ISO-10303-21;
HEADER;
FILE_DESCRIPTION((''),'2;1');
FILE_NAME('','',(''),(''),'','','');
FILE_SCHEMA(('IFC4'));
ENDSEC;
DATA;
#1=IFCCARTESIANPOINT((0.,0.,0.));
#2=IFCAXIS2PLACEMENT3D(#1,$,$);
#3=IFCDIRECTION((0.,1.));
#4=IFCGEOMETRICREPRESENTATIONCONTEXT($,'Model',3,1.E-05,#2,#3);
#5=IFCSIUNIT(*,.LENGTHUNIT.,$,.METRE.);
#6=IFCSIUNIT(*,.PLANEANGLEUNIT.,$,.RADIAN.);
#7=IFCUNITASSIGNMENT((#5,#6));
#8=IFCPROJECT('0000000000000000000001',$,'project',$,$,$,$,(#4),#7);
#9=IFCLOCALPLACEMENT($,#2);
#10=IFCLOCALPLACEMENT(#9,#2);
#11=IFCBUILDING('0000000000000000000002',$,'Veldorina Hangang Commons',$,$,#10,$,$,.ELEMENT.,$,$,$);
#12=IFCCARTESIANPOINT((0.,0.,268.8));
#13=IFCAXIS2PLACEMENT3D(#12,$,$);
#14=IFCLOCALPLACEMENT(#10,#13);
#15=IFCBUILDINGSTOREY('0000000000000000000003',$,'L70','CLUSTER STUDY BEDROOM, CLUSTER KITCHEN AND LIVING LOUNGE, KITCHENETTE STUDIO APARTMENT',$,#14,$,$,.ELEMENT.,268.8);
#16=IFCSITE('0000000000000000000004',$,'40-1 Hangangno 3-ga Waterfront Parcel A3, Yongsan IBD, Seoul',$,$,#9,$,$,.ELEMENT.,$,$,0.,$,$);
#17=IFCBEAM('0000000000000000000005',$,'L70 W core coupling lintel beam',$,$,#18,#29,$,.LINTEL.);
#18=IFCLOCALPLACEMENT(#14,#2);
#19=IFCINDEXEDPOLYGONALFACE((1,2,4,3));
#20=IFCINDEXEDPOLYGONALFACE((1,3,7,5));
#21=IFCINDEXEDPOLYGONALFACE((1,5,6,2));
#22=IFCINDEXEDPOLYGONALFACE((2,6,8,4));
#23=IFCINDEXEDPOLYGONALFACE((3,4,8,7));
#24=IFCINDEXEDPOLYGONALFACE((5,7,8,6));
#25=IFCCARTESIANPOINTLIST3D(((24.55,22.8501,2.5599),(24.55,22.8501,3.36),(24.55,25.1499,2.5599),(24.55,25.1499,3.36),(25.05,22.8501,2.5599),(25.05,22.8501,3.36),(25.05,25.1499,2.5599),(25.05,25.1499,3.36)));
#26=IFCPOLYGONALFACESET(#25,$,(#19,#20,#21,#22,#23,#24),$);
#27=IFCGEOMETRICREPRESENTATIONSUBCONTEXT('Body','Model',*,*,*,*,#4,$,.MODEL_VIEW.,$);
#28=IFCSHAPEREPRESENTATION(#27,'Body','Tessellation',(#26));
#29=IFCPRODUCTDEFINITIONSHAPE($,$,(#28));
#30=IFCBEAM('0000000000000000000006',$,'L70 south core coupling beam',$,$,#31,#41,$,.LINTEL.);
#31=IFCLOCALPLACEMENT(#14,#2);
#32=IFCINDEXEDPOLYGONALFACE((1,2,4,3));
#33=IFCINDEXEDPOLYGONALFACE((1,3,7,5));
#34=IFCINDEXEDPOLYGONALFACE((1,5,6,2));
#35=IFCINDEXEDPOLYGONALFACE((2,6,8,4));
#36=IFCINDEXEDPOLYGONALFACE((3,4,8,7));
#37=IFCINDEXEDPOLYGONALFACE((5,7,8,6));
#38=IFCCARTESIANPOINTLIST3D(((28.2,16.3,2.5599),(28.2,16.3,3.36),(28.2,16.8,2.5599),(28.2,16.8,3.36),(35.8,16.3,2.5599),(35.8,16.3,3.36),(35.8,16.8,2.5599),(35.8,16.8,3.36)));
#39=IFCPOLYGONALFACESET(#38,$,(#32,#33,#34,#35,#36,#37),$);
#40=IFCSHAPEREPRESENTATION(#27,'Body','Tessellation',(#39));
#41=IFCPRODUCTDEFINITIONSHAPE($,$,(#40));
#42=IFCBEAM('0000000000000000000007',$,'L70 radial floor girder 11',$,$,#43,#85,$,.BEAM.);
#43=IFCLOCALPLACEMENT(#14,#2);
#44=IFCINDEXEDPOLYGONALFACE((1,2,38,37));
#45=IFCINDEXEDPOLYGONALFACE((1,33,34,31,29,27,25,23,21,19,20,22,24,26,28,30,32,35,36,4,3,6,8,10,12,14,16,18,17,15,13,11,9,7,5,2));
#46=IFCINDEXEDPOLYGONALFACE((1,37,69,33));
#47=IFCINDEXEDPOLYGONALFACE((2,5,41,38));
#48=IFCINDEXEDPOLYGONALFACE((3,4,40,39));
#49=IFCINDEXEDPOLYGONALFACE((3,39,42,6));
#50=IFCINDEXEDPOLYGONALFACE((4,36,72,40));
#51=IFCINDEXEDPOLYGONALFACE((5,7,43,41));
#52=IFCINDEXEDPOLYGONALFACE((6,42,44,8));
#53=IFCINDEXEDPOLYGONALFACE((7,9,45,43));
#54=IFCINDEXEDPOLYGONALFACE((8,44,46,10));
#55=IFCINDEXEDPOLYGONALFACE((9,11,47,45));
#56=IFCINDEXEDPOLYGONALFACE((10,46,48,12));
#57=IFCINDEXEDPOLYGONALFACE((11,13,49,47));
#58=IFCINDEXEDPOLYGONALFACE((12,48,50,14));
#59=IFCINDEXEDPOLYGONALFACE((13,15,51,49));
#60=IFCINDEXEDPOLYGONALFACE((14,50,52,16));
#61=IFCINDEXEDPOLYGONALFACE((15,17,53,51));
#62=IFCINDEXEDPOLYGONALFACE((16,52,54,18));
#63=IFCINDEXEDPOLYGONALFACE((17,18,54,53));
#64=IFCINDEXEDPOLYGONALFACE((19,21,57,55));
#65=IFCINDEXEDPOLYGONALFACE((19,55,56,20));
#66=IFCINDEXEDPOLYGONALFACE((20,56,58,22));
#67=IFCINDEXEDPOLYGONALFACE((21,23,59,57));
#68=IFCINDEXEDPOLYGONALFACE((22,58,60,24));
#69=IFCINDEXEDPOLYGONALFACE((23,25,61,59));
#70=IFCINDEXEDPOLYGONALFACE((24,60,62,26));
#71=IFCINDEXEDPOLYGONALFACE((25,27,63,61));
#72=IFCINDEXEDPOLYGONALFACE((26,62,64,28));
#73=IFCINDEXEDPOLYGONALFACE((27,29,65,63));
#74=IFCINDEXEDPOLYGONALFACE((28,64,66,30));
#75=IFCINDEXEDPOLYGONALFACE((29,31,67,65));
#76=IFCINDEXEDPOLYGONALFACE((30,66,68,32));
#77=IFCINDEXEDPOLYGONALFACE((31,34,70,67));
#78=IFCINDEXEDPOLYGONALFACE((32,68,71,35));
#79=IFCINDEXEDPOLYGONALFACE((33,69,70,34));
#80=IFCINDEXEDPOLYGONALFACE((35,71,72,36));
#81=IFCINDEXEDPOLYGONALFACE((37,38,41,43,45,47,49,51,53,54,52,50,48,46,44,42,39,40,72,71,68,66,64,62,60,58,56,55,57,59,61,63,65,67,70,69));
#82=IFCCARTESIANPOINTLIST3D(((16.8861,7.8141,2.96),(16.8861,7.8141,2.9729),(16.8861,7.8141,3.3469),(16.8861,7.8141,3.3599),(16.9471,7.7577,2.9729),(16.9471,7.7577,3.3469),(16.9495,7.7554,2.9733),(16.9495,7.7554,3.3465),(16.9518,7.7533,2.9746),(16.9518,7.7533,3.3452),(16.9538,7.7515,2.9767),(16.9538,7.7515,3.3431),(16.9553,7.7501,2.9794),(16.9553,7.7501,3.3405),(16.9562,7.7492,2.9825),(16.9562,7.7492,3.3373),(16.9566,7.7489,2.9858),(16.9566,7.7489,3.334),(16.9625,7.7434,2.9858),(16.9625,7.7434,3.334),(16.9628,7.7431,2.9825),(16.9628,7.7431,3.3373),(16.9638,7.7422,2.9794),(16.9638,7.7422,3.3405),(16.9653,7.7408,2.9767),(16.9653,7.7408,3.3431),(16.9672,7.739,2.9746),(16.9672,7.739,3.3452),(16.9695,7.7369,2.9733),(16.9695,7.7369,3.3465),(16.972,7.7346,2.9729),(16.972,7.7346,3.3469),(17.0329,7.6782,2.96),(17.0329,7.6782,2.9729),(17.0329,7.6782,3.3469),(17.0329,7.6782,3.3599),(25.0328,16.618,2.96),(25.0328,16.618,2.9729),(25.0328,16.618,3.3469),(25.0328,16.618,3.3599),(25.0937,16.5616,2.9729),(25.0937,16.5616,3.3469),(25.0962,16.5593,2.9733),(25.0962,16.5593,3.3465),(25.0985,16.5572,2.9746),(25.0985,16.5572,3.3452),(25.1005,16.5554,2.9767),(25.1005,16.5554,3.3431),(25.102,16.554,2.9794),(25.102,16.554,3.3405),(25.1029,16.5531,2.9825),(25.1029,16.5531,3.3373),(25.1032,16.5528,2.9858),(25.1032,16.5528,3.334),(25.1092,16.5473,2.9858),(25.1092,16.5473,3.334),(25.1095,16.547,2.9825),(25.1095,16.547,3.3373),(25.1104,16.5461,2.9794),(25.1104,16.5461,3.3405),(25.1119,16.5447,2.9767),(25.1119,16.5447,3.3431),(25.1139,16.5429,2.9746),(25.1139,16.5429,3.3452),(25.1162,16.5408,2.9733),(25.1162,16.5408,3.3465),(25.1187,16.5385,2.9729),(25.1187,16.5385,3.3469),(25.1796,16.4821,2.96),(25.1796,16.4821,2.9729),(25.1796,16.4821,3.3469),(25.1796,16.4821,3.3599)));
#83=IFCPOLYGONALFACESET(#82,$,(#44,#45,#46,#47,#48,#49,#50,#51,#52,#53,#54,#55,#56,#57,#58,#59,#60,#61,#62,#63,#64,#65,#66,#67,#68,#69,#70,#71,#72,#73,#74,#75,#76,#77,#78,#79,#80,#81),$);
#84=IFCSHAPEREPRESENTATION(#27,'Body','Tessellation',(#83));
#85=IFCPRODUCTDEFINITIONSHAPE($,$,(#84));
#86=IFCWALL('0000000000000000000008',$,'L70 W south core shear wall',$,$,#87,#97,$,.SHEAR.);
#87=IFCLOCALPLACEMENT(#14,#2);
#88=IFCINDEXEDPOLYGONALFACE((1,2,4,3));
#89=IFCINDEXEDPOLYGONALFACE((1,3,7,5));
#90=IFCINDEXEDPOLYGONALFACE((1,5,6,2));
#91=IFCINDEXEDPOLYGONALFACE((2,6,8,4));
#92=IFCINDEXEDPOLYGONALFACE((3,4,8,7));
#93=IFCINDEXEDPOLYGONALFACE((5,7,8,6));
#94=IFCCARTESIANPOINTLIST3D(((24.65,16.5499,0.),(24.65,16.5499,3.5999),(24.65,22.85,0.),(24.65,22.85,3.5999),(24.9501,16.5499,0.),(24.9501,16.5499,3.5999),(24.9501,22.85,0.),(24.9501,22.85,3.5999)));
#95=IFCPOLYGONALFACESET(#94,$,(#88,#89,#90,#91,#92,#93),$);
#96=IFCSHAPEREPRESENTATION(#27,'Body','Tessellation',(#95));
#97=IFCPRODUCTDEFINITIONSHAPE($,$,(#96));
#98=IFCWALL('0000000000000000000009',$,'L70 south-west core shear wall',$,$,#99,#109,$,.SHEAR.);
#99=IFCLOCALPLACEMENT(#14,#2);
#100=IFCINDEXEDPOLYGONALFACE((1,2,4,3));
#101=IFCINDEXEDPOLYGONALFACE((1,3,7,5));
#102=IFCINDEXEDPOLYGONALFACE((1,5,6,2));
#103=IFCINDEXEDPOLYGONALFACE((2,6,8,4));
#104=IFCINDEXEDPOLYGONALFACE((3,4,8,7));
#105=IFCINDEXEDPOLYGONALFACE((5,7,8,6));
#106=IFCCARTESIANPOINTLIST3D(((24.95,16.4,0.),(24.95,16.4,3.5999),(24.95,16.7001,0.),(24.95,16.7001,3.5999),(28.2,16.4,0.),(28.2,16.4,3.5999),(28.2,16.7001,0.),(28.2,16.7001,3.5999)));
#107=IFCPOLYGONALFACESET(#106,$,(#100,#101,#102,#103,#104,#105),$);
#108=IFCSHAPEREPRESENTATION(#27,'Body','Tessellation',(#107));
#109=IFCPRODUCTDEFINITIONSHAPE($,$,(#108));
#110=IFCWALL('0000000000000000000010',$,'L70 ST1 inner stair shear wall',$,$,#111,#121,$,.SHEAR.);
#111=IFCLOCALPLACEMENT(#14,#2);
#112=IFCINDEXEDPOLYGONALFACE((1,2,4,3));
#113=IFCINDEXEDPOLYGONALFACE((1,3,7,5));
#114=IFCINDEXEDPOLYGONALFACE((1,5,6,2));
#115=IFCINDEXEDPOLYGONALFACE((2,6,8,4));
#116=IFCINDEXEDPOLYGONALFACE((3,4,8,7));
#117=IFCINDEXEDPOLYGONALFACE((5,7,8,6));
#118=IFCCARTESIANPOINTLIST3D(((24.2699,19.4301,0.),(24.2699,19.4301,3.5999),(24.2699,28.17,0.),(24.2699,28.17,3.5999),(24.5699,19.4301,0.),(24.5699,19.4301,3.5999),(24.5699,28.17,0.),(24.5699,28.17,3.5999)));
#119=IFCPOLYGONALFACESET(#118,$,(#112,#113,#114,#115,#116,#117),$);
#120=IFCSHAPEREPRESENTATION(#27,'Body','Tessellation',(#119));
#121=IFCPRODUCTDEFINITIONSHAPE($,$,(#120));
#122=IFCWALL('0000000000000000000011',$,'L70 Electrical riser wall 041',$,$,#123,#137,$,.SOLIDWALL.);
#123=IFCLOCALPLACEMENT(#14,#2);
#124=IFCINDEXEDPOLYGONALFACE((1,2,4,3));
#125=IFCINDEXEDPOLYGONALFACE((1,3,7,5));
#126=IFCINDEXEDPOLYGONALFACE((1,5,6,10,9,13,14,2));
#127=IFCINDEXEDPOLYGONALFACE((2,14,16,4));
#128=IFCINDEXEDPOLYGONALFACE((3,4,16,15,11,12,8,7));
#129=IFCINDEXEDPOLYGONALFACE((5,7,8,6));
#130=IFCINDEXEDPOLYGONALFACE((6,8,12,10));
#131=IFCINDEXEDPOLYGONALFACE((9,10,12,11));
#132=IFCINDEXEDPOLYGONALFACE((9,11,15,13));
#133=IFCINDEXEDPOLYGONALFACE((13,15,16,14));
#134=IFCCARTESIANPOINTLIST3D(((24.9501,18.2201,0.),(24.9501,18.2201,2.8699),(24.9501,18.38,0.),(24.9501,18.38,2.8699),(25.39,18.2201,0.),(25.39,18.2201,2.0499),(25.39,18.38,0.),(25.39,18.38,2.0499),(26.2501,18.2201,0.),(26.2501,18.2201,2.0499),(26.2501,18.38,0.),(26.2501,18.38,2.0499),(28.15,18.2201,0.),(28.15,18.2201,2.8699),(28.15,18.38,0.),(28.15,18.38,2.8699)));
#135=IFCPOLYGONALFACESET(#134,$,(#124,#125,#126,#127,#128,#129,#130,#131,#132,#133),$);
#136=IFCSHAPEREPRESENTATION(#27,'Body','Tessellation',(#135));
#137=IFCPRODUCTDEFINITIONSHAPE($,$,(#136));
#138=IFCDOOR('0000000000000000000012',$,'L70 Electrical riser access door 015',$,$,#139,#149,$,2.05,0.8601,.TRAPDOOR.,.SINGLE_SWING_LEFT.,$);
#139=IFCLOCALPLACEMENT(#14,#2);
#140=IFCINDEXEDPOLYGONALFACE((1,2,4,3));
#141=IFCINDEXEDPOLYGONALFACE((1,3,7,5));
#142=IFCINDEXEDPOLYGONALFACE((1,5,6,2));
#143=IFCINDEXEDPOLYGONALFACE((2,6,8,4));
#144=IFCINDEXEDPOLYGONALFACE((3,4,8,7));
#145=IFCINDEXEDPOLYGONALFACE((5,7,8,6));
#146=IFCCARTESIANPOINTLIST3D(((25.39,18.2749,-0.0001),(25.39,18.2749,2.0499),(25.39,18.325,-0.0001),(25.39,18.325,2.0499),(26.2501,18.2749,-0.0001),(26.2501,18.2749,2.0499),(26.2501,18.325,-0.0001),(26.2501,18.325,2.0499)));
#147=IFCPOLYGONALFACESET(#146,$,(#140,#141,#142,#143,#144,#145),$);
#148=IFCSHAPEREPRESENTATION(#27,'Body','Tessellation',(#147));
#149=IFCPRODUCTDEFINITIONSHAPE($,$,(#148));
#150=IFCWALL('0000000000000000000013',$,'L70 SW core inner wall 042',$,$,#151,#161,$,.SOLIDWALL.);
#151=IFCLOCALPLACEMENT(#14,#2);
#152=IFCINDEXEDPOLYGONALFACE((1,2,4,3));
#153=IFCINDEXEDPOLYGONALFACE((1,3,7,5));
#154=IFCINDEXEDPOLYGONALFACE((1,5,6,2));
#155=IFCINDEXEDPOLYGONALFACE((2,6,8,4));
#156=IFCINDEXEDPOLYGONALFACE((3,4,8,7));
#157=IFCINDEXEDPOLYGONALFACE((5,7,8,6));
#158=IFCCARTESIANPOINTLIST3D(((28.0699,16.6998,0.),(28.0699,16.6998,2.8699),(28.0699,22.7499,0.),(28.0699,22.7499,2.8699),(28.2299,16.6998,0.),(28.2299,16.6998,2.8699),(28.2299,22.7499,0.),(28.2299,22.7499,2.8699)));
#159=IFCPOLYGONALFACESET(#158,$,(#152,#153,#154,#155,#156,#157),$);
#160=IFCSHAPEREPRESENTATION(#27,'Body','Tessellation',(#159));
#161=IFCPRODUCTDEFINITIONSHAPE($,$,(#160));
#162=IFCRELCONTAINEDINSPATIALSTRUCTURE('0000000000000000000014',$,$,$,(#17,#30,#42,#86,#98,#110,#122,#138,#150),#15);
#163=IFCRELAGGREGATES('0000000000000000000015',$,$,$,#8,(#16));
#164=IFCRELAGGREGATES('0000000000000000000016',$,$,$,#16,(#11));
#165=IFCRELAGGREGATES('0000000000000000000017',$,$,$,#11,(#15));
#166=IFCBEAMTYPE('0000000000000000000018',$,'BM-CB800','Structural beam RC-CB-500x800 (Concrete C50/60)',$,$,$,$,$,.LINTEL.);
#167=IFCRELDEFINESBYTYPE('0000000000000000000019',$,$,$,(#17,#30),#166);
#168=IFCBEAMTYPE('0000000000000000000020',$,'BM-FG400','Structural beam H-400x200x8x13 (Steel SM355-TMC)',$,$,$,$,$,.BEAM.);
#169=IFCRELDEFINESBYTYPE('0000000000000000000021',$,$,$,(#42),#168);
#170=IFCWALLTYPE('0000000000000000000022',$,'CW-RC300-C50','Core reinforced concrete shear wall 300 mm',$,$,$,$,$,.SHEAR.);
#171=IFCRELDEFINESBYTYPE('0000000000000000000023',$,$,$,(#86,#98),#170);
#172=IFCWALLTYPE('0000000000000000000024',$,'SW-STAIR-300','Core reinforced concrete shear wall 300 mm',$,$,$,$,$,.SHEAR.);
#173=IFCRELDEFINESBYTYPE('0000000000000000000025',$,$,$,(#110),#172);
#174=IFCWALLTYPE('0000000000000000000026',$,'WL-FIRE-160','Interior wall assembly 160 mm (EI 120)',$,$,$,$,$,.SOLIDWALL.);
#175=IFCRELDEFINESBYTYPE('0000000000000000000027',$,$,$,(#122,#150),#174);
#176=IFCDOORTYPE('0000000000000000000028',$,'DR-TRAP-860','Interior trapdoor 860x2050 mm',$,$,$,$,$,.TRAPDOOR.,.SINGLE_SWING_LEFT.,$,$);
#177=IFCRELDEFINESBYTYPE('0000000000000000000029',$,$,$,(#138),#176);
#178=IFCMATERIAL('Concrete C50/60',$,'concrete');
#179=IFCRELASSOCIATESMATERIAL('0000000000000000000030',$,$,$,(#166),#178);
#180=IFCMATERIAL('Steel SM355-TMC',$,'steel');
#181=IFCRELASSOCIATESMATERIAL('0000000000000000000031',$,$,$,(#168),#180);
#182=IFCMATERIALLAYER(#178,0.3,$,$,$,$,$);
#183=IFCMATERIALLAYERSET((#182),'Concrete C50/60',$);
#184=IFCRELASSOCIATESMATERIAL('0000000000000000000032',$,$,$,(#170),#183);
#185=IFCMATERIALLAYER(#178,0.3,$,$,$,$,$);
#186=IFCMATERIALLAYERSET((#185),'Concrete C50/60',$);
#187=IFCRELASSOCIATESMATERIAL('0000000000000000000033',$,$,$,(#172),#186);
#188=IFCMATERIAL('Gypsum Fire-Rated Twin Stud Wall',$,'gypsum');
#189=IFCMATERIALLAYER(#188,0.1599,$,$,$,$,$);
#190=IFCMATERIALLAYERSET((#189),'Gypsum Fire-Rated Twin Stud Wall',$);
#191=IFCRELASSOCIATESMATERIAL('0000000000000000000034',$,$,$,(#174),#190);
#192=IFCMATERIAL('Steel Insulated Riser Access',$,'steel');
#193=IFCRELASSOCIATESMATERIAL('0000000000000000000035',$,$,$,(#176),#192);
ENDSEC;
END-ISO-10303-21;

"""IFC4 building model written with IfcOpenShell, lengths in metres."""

from ifc_helpers import new_model, si_unit, direction, frame, frame_2d, origin, origin_2d, place, context, subcontext, project, spatial, rectangle, i_section, extrude, material, layer, layer_set, material_profile, profile_set, type_object, element, fill, save


model = new_model("IFC4")

# Units and contexts
model_context = context("Model", 3, precision=1e-05, world=origin(), true_north=direction((0.0, 1.0)))
body_context = subcontext(model_context, "Body", "Model", "MODEL_VIEW")
ifc_project = project(units=[si_unit("LENGTHUNIT", "METRE"), si_unit("PLANEANGLEUNIT", "RADIAN")], contexts=[model_context])

# Site, building, storey
site_placement = place(None, origin())
site = spatial("IfcSite", under=ifc_project, at=site_placement, Name="40-1 Hangangno 3-ga Waterfront Parcel A3, Yongsan IBD, Seoul", CompositionType="ELEMENT", RefElevation=0.0)
building_placement = place(site_placement, origin())
building = spatial("IfcBuilding", under=site, at=building_placement, Name="Veldorina Hangang Commons", CompositionType="ELEMENT")
storey_placement = place(building_placement, frame((0.0, 0.0, 268.8)))
storey = spatial("IfcBuildingStorey", under=building, at=storey_placement, Name="L70", Description="CLUSTER STUDY BEDROOM, CLUSTER KITCHEN AND LIVING LOUNGE, KITCHENETTE STUDIO APARTMENT", CompositionType="ELEMENT", Elevation=268.8)

# Beams
ifc_material_1 = material(Name="Concrete C50/60", Category="concrete")
ifc_material_profile_1 = material_profile(ifc_material_1, rectangle(XDim=0.5, YDim=0.8, at=origin_2d()), Name="RC-CB-500x800")
ifc_profile_set_1 = profile_set([ifc_material_profile_1], Name="Concrete C50/60")
beam_type_1 = type_object("IfcBeamType", Name="BM-CB800", Description="Structural beam RC-CB-500x800 (Concrete C50/60)", PredefinedType="LINTEL", material=ifc_profile_set_1)
beam_1_placement = place(storey_placement, frame((24.8, 22.8501, 2.96), z_axis=(0.0, 1.0, 0.0), x_axis=(-1.0, 0.0, 0.0)))
element("IfcBeam", 1, at=beam_1_placement, inside=storey, type_object=beam_type_1, Name="L70 W core coupling lintel beam", PredefinedType="LINTEL", context=body_context, shape_type="SweptSolid", body=[
    extrude(rectangle(XDim=0.5, YDim=0.8, at=origin_2d()), origin(), (0.0, 0.0, 1.0), 2.2998),
])
beam_2_placement = place(storey_placement, frame((28.2, 16.55, 2.96), z_axis=(1.0, 0.0, 0.0), x_axis=(0.0, 1.0, 0.0)))
element("IfcBeam", 2, at=beam_2_placement, inside=storey, type_object=beam_type_1, Name="L70 south core coupling beam", PredefinedType="LINTEL", context=body_context, shape_type="SweptSolid", body=[
    extrude(rectangle(XDim=0.5, YDim=0.8, at=origin_2d()), origin(), (0.0, 0.0, 1.0), 7.6001),
])
ifc_material_2 = material(Name="Steel SM355-TMC", Category="steel")
ifc_material_profile_2 = material_profile(ifc_material_2, i_section(OverallWidth=0.2, OverallDepth=0.3999, WebThickness=0.0081, FlangeThickness=0.0129, FilletRadius=0.0129, at=origin_2d()), Name="H-400x200x8x13")
ifc_profile_set_2 = profile_set([ifc_material_profile_2], Name="Steel SM355-TMC")
beam_type_2 = type_object("IfcBeamType", Name="BM-FG400", Description="Structural beam H-400x200x8x13 (Steel SM355-TMC)", PredefinedType="BEAM", material=ifc_profile_set_2)
beam_3_placement = place(storey_placement, frame((25.1062, 16.55, 3.1599), z_axis=(-0.67918, -0.733972, 0.0), x_axis=(0.733972, -0.67918, 0.0)))
element("IfcBeam", 3, at=beam_3_placement, inside=storey, type_object=beam_type_2, Name="L70 radial floor girder 11", PredefinedType="BEAM", context=body_context, shape_type="SweptSolid", body=[
    extrude(i_section(OverallWidth=0.2, OverallDepth=0.3999, WebThickness=0.0081, FlangeThickness=0.0129, FilletRadius=0.0129, at=origin_2d()), origin(), (0.0, 0.0, 1.0), 11.9949),
])

# Walls
ifc_layer_1 = layer(ifc_material_1, 0.3)
ifc_layer_set_1 = layer_set([ifc_layer_1], Name="Concrete C50/60")
wall_type_1 = type_object("IfcWallType", Name="CW-RC300-C50", Description="Core reinforced concrete shear wall 300 mm", PredefinedType="SHEAR", material=ifc_layer_set_1)
wall_1_placement = place(storey_placement, frame((24.8, 16.55, 0.0), z_axis=(0.0, 0.0, 1.0), x_axis=(0.0, 1.0, 0.0)))
element("IfcWall", 4, at=wall_1_placement, inside=storey, type_object=wall_type_1, Name="L70 W south core shear wall", PredefinedType="SHEAR", context=body_context, shape_type="SweptSolid", body=[
    extrude(rectangle(XDim=6.3, YDim=0.3, at=frame_2d((3.1499, 0.0))), origin(), (0.0, 0.0, 1.0), 3.5999),
])
wall_2_placement = place(storey_placement, frame((24.95, 16.55, 0.0), z_axis=(0.0, 0.0, 1.0), x_axis=(1.0, 0.0, 0.0)))
element("IfcWall", 5, at=wall_2_placement, inside=storey, type_object=wall_type_1, Name="L70 south-west core shear wall", PredefinedType="SHEAR", context=body_context, shape_type="SweptSolid", body=[
    extrude(rectangle(XDim=3.25, YDim=0.3, at=frame_2d((1.625, 0.0))), origin(), (0.0, 0.0, 1.0), 3.5999),
])
ifc_layer_2 = layer(ifc_material_1, 0.3)
ifc_layer_set_2 = layer_set([ifc_layer_2], Name="Concrete C50/60")
wall_type_2 = type_object("IfcWallType", Name="SW-STAIR-300", Description="Core reinforced concrete shear wall 300 mm", PredefinedType="SHEAR", material=ifc_layer_set_2)
wall_3_placement = place(storey_placement, frame((24.4199, 19.4299, 0.0), z_axis=(0.0, 0.0, 1.0), x_axis=(0.0, 1.0, 0.0)))
element("IfcWall", 6, at=wall_3_placement, inside=storey, type_object=wall_type_2, Name="L70 ST1 inner stair shear wall", PredefinedType="SHEAR", context=body_context, shape_type="SweptSolid", body=[
    extrude(rectangle(XDim=8.74, YDim=0.3, at=frame_2d((4.3701, 0.0))), origin(), (0.0, 0.0, 1.0), 3.5999),
])

# Shared definitions
ifc_material_3 = material(Name="Gypsum Fire-Rated Twin Stud Wall", Category="gypsum")
ifc_layer_3 = layer(ifc_material_3, 0.1599)
ifc_layer_set_3 = layer_set([ifc_layer_3], Name="Gypsum Fire-Rated Twin Stud Wall")
wall_type_3 = type_object("IfcWallType", Name="WL-FIRE-160", Description="Interior wall assembly 160 mm (EI 120)", PredefinedType="SOLIDWALL", material=ifc_layer_set_3)

# Wall, opening, door
wall_4_placement = place(storey_placement, frame((24.95, 18.3, 0.0), z_axis=(0.0, 0.0, 1.0), x_axis=(1.0, 0.0, 0.0)))
wall_4 = element("IfcWall", 7, at=wall_4_placement, inside=storey, type_object=wall_type_3, Name="L70 Electrical riser wall 041", PredefinedType="SOLIDWALL", context=body_context, shape_type="SweptSolid", body=[
    extrude(rectangle(XDim=3.2, YDim=0.1599, at=frame_2d((1.6001, 0.0))), origin(), (0.0, 0.0, 1.0), 2.8699),
])
opening_1_placement = place(wall_4_placement, frame((0.4399, 0.0, 0.0)))
opening_1 = element("IfcOpeningElement", 8, at=opening_1_placement, cuts=wall_4, PredefinedType="OPENING", context=body_context, shape_type="SweptSolid", body=[
    extrude(rectangle(XDim=0.8601, YDim=2.05, at=frame_2d((0.4302, 1.0249))), frame((0.0, 0.0898, 0.0), z_axis=(0.0, -1.0, 0.0), x_axis=(1.0, 0.0, 0.0)), (0.0, 0.0, 1.0), 0.1799),
])
ifc_material_4 = material(Name="Steel Insulated Riser Access", Category="steel")
door_type_1 = type_object("IfcDoorType", Name="DR-TRAP-860", Description="Interior trapdoor 860x2050 mm", OperationType="SINGLE_SWING_LEFT", PredefinedType="TRAPDOOR", material=ifc_material_4)
door_1_placement = place(opening_1_placement, origin())
door_1 = element("IfcDoor", 9, at=door_1_placement, inside=storey, type_object=door_type_1, Name="L70 Electrical riser access door 015", OperationType="SINGLE_SWING_LEFT", OverallHeight=2.05, OverallWidth=0.8601, PredefinedType="TRAPDOOR", context=body_context, shape_type="SweptSolid", body=[
    extrude(rectangle(XDim=0.8601, YDim=2.05, at=frame_2d((0.4302, 1.0249))), frame((0.0, 0.0249, 0.0), z_axis=(0.0, -1.0, 0.0), x_axis=(1.0, 0.0, 0.0)), (0.0, 0.0, 1.0), 0.05),
])
fill(opening_1, door_1)

# Wall
wall_5_placement = place(storey_placement, frame((28.1499, 16.7, 0.0), z_axis=(0.0, 0.0, 1.0), x_axis=(0.0, 1.0, 0.0)))
element("IfcWall", 10, at=wall_5_placement, inside=storey, type_object=wall_type_3, Name="L70 SW core inner wall 042", PredefinedType="SOLIDWALL", context=body_context, shape_type="SweptSolid", body=[
    extrude(rectangle(XDim=6.05, YDim=0.1599, at=frame_2d((3.0249, 0.0))), origin(), (0.0, 0.0, 1.0), 2.8699),
])

save(model, "model.ifc")
